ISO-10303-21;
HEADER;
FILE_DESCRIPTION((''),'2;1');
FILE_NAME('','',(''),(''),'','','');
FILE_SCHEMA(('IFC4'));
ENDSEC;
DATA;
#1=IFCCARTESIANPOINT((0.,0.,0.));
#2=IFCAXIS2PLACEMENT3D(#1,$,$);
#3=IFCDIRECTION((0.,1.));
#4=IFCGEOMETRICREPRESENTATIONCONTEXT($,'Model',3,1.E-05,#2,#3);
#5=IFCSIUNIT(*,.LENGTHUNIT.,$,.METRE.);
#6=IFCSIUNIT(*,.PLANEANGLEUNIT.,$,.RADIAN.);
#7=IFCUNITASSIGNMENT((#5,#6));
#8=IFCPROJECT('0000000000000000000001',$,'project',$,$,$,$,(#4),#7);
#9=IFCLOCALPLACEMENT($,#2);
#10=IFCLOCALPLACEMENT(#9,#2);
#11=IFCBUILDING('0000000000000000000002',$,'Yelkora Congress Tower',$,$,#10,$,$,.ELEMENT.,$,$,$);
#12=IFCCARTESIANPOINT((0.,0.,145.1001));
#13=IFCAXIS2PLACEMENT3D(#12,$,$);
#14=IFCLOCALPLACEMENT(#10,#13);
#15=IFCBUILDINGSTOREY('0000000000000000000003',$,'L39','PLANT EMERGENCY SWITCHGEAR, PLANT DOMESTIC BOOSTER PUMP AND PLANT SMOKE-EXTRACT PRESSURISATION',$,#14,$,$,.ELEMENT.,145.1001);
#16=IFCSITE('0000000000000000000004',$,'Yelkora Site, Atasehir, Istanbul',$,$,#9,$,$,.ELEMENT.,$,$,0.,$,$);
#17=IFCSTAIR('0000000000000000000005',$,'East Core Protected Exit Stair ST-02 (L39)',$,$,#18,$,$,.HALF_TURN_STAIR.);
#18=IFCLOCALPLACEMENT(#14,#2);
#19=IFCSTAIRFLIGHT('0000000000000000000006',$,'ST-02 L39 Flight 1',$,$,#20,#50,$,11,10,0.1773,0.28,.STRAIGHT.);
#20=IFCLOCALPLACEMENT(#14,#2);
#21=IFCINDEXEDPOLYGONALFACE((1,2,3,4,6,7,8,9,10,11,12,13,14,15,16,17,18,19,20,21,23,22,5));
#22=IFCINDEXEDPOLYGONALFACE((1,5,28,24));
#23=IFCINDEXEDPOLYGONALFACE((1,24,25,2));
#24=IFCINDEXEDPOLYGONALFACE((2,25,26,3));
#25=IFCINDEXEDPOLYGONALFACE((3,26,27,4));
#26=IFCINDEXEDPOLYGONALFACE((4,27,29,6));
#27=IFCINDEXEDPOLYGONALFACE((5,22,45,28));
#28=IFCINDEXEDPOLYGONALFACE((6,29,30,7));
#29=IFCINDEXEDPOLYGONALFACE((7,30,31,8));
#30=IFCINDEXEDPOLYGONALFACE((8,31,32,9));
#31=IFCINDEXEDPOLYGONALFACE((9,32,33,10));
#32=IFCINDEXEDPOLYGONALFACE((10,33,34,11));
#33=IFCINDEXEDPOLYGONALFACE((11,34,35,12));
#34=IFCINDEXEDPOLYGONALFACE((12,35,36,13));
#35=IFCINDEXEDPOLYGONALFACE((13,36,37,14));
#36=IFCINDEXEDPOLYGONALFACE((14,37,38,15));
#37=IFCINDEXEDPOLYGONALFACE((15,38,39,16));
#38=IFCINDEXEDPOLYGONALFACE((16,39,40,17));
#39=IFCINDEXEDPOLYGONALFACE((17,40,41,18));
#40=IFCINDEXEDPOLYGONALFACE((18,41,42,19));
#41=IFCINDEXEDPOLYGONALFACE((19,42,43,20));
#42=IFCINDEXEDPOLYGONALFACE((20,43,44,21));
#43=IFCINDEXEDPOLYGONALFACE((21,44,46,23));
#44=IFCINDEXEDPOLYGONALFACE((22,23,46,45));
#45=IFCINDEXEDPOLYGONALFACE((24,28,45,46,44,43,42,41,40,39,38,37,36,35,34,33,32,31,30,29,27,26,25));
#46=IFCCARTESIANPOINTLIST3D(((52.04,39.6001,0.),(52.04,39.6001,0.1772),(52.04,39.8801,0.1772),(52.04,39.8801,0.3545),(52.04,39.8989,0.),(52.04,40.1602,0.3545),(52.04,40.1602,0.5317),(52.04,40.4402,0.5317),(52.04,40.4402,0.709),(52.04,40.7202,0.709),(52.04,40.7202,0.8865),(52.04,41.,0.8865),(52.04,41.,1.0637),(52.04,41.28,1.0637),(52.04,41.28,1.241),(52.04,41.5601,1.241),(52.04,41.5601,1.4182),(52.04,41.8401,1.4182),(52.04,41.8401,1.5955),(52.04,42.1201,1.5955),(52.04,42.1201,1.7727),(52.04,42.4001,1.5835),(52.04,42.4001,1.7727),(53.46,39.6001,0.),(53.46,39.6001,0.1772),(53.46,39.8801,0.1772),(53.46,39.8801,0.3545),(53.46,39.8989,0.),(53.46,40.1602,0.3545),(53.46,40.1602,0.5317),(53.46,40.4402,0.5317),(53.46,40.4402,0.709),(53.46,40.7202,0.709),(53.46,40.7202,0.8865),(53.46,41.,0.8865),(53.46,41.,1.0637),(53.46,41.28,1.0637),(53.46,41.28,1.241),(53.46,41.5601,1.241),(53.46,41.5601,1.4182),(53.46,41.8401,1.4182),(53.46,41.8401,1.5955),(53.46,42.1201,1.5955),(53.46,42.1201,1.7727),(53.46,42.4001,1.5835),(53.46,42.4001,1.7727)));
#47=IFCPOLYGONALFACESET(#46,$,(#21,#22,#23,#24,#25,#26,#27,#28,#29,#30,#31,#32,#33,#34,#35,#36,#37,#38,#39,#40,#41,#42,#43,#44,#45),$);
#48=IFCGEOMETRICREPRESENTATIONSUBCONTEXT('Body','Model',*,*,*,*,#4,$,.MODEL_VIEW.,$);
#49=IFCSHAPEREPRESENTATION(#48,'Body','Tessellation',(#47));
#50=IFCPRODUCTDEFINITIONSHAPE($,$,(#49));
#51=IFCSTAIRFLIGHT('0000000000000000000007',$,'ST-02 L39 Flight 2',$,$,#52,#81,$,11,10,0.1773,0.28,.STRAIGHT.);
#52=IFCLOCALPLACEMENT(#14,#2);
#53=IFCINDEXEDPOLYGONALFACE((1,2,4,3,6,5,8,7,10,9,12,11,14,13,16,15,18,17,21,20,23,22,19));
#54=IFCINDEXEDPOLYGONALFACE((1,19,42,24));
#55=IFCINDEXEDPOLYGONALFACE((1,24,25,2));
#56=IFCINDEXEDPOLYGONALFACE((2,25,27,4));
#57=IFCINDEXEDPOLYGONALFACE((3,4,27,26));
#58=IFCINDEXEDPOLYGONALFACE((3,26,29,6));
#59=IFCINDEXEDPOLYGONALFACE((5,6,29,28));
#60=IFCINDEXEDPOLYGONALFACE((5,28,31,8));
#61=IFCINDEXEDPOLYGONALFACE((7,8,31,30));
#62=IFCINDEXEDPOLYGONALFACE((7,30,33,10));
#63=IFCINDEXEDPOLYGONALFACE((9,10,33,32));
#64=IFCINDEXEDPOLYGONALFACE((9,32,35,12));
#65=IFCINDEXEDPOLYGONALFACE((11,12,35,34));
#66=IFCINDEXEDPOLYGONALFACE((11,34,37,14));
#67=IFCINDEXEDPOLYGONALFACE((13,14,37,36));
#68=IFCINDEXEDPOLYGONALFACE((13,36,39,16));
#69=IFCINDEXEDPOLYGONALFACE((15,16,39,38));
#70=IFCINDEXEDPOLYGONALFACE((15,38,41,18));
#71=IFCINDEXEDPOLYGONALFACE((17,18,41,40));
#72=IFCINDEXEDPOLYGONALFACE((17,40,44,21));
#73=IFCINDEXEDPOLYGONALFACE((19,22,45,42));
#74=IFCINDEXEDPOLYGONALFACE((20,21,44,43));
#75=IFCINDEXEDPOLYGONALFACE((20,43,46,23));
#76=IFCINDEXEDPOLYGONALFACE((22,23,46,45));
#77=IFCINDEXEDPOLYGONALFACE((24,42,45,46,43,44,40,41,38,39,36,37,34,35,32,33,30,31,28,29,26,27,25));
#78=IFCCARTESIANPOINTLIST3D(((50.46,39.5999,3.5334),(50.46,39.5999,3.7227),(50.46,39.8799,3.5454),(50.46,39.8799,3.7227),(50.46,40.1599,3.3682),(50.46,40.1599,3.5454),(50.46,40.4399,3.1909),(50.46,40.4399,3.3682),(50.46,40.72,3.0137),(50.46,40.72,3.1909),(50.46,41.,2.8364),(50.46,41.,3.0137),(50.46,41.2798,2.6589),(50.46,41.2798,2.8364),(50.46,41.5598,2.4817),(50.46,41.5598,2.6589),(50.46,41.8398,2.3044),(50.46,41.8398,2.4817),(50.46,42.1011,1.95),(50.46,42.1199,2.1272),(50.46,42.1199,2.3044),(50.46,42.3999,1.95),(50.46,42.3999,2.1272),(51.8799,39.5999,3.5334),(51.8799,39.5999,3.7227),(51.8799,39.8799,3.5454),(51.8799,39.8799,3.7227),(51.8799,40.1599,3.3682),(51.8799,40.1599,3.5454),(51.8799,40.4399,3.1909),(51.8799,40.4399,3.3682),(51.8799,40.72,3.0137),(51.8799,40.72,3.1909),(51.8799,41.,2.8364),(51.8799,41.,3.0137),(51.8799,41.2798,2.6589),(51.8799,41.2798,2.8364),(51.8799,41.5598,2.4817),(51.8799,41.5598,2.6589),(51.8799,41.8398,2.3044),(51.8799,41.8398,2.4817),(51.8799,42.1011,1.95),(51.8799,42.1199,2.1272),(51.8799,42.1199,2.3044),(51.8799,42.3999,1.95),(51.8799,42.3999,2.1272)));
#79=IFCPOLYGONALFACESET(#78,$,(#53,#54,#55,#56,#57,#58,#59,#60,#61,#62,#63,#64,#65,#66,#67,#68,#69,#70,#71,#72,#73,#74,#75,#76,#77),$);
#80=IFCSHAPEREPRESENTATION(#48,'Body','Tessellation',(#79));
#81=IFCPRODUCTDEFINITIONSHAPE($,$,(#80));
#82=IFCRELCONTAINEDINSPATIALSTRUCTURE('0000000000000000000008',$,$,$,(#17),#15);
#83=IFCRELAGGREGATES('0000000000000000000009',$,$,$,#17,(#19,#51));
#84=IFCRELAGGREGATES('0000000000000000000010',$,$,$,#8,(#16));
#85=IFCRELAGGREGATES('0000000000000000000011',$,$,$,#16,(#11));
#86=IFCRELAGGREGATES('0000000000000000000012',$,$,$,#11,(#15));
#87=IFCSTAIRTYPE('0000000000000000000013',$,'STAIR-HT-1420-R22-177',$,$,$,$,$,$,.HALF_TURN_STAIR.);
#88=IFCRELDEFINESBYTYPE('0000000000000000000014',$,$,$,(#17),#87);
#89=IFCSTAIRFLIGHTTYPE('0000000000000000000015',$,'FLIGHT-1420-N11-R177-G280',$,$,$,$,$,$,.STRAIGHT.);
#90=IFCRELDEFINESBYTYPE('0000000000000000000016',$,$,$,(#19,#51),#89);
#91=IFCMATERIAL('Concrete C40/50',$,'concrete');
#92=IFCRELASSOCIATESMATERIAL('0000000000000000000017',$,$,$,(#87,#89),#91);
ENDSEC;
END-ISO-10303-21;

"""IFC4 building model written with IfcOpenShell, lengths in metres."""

from ifc_helpers import new_model, si_unit, direction, frame, origin, place, context, subcontext, project, spatial, polyline, outline, extrude, material, type_object, element, aggregate, save


model = new_model("IFC4")

# Units and contexts
model_context = context("Model", 3, precision=1e-05, world=origin(), true_north=direction((0.0, 1.0)))
body_context = subcontext(model_context, "Body", "Model", "MODEL_VIEW")
ifc_project = project(units=[si_unit("LENGTHUNIT", "METRE"), si_unit("PLANEANGLEUNIT", "RADIAN")], contexts=[model_context])

# Site, building, storey
site_placement = place(None, origin())
site = spatial("IfcSite", under=ifc_project, at=site_placement, Name="Yelkora Site, Atasehir, Istanbul", CompositionType="ELEMENT", RefElevation=0.0)
building_placement = place(site_placement, origin())
building = spatial("IfcBuilding", under=site, at=building_placement, Name="Yelkora Congress Tower", CompositionType="ELEMENT")
storey_placement = place(building_placement, frame((0.0, 0.0, 145.1001)))
storey = spatial("IfcBuildingStorey", under=building, at=storey_placement, Name="L39", Description="PLANT EMERGENCY SWITCHGEAR, PLANT DOMESTIC BOOSTER PUMP AND PLANT SMOKE-EXTRACT PRESSURISATION", CompositionType="ELEMENT", Elevation=145.1001)

# Stair, stair flights
ifc_material_1 = material(Name="Concrete C40/50", Category="concrete")
stair_type = type_object("IfcStairType", Name="STAIR-HT-1420-R22-177", PredefinedType="HALF_TURN_STAIR", material=ifc_material_1)
stair_placement = place(storey_placement, origin())
stair = element("IfcStair", 1, at=stair_placement, inside=storey, type_object=stair_type, Name="East Core Protected Exit Stair ST-02 (L39)", PredefinedType="HALF_TURN_STAIR")
stair_flight_type = type_object("IfcStairFlightType", Name="FLIGHT-1420-N11-R177-G280", PredefinedType="STRAIGHT", material=ifc_material_1)
stair_flight_1_placement = place(storey_placement, frame((52.75, 39.6001, 0.0), z_axis=(0.0, 0.0, 1.0), x_axis=(0.0, 1.0, 0.0)))
stair_flight_1 = element("IfcStairFlight", 2, at=stair_flight_1_placement, type_object=stair_flight_type, Name="ST-02 L39 Flight 1", NumberOfRisers=11, NumberOfTreads=10, PredefinedType="STRAIGHT", RiserHeight=0.1773, TreadLength=0.28, context=body_context, shape_type="SweptSolid", body=[
    extrude(outline(polyline([(0.0, 0.0), (0.0, 0.1772), (0.28, 0.1772), (0.28, 0.3545), (0.5601, 0.3545), (0.5601, 0.5317), (0.8401, 0.5317), (0.8401, 0.709), (1.1201, 0.709), (1.1201, 0.8865), (1.3999, 0.8865), (1.3999, 1.0637), (1.6799, 1.0637), (1.6799, 1.241), (1.96, 1.241), (1.96, 1.4182), (2.24, 1.4182), (2.24, 1.5955), (2.52, 1.5955), (2.52, 1.7727), (2.8, 1.7727), (2.8, 1.95), (2.8, 1.5835), (0.2988, 0.0), (0.0, 0.0)])), frame((0.0, 0.71, 0.0), z_axis=(0.0, -1.0, 0.0), x_axis=(1.0, 0.0, 0.0)), (0.0, 0.0, 1.0), 1.4199),
])
stair_flight_2_placement = place(storey_placement, frame((51.1699, 42.3999, 1.95), z_axis=(0.0, 0.0, 1.0), x_axis=(0.0, -1.0, 0.0)))
stair_flight_2 = element("IfcStairFlight", 3, at=stair_flight_2_placement, type_object=stair_flight_type, Name="ST-02 L39 Flight 2", NumberOfRisers=11, NumberOfTreads=10, PredefinedType="STRAIGHT", RiserHeight=0.1773, TreadLength=0.28, context=body_context, shape_type="SweptSolid", body=[
    extrude(outline(polyline([(0.0, 0.0), (0.0, 0.1772), (0.28, 0.1772), (0.28, 0.3545), (0.5601, 0.3545), (0.5601, 0.5317), (0.8401, 0.5317), (0.8401, 0.709), (1.1201, 0.709), (1.1201, 0.8865), (1.3999, 0.8865), (1.3999, 1.0637), (1.6799, 1.0637), (1.6799, 1.241), (1.96, 1.241), (1.96, 1.4182), (2.24, 1.4182), (2.24, 1.5955), (2.52, 1.5955), (2.52, 1.7727), (2.8, 1.7727), (2.8, 1.95), (2.8, 1.5835), (0.2988, 0.0), (0.0, 0.0)])), frame((0.0, 0.71, 0.0), z_axis=(0.0, -1.0, 0.0), x_axis=(1.0, 0.0, 0.0)), (0.0, 0.0, 1.0), 1.4199),
])
aggregate(stair, [stair_flight_1, stair_flight_2])

save(model, "model.ifc")
